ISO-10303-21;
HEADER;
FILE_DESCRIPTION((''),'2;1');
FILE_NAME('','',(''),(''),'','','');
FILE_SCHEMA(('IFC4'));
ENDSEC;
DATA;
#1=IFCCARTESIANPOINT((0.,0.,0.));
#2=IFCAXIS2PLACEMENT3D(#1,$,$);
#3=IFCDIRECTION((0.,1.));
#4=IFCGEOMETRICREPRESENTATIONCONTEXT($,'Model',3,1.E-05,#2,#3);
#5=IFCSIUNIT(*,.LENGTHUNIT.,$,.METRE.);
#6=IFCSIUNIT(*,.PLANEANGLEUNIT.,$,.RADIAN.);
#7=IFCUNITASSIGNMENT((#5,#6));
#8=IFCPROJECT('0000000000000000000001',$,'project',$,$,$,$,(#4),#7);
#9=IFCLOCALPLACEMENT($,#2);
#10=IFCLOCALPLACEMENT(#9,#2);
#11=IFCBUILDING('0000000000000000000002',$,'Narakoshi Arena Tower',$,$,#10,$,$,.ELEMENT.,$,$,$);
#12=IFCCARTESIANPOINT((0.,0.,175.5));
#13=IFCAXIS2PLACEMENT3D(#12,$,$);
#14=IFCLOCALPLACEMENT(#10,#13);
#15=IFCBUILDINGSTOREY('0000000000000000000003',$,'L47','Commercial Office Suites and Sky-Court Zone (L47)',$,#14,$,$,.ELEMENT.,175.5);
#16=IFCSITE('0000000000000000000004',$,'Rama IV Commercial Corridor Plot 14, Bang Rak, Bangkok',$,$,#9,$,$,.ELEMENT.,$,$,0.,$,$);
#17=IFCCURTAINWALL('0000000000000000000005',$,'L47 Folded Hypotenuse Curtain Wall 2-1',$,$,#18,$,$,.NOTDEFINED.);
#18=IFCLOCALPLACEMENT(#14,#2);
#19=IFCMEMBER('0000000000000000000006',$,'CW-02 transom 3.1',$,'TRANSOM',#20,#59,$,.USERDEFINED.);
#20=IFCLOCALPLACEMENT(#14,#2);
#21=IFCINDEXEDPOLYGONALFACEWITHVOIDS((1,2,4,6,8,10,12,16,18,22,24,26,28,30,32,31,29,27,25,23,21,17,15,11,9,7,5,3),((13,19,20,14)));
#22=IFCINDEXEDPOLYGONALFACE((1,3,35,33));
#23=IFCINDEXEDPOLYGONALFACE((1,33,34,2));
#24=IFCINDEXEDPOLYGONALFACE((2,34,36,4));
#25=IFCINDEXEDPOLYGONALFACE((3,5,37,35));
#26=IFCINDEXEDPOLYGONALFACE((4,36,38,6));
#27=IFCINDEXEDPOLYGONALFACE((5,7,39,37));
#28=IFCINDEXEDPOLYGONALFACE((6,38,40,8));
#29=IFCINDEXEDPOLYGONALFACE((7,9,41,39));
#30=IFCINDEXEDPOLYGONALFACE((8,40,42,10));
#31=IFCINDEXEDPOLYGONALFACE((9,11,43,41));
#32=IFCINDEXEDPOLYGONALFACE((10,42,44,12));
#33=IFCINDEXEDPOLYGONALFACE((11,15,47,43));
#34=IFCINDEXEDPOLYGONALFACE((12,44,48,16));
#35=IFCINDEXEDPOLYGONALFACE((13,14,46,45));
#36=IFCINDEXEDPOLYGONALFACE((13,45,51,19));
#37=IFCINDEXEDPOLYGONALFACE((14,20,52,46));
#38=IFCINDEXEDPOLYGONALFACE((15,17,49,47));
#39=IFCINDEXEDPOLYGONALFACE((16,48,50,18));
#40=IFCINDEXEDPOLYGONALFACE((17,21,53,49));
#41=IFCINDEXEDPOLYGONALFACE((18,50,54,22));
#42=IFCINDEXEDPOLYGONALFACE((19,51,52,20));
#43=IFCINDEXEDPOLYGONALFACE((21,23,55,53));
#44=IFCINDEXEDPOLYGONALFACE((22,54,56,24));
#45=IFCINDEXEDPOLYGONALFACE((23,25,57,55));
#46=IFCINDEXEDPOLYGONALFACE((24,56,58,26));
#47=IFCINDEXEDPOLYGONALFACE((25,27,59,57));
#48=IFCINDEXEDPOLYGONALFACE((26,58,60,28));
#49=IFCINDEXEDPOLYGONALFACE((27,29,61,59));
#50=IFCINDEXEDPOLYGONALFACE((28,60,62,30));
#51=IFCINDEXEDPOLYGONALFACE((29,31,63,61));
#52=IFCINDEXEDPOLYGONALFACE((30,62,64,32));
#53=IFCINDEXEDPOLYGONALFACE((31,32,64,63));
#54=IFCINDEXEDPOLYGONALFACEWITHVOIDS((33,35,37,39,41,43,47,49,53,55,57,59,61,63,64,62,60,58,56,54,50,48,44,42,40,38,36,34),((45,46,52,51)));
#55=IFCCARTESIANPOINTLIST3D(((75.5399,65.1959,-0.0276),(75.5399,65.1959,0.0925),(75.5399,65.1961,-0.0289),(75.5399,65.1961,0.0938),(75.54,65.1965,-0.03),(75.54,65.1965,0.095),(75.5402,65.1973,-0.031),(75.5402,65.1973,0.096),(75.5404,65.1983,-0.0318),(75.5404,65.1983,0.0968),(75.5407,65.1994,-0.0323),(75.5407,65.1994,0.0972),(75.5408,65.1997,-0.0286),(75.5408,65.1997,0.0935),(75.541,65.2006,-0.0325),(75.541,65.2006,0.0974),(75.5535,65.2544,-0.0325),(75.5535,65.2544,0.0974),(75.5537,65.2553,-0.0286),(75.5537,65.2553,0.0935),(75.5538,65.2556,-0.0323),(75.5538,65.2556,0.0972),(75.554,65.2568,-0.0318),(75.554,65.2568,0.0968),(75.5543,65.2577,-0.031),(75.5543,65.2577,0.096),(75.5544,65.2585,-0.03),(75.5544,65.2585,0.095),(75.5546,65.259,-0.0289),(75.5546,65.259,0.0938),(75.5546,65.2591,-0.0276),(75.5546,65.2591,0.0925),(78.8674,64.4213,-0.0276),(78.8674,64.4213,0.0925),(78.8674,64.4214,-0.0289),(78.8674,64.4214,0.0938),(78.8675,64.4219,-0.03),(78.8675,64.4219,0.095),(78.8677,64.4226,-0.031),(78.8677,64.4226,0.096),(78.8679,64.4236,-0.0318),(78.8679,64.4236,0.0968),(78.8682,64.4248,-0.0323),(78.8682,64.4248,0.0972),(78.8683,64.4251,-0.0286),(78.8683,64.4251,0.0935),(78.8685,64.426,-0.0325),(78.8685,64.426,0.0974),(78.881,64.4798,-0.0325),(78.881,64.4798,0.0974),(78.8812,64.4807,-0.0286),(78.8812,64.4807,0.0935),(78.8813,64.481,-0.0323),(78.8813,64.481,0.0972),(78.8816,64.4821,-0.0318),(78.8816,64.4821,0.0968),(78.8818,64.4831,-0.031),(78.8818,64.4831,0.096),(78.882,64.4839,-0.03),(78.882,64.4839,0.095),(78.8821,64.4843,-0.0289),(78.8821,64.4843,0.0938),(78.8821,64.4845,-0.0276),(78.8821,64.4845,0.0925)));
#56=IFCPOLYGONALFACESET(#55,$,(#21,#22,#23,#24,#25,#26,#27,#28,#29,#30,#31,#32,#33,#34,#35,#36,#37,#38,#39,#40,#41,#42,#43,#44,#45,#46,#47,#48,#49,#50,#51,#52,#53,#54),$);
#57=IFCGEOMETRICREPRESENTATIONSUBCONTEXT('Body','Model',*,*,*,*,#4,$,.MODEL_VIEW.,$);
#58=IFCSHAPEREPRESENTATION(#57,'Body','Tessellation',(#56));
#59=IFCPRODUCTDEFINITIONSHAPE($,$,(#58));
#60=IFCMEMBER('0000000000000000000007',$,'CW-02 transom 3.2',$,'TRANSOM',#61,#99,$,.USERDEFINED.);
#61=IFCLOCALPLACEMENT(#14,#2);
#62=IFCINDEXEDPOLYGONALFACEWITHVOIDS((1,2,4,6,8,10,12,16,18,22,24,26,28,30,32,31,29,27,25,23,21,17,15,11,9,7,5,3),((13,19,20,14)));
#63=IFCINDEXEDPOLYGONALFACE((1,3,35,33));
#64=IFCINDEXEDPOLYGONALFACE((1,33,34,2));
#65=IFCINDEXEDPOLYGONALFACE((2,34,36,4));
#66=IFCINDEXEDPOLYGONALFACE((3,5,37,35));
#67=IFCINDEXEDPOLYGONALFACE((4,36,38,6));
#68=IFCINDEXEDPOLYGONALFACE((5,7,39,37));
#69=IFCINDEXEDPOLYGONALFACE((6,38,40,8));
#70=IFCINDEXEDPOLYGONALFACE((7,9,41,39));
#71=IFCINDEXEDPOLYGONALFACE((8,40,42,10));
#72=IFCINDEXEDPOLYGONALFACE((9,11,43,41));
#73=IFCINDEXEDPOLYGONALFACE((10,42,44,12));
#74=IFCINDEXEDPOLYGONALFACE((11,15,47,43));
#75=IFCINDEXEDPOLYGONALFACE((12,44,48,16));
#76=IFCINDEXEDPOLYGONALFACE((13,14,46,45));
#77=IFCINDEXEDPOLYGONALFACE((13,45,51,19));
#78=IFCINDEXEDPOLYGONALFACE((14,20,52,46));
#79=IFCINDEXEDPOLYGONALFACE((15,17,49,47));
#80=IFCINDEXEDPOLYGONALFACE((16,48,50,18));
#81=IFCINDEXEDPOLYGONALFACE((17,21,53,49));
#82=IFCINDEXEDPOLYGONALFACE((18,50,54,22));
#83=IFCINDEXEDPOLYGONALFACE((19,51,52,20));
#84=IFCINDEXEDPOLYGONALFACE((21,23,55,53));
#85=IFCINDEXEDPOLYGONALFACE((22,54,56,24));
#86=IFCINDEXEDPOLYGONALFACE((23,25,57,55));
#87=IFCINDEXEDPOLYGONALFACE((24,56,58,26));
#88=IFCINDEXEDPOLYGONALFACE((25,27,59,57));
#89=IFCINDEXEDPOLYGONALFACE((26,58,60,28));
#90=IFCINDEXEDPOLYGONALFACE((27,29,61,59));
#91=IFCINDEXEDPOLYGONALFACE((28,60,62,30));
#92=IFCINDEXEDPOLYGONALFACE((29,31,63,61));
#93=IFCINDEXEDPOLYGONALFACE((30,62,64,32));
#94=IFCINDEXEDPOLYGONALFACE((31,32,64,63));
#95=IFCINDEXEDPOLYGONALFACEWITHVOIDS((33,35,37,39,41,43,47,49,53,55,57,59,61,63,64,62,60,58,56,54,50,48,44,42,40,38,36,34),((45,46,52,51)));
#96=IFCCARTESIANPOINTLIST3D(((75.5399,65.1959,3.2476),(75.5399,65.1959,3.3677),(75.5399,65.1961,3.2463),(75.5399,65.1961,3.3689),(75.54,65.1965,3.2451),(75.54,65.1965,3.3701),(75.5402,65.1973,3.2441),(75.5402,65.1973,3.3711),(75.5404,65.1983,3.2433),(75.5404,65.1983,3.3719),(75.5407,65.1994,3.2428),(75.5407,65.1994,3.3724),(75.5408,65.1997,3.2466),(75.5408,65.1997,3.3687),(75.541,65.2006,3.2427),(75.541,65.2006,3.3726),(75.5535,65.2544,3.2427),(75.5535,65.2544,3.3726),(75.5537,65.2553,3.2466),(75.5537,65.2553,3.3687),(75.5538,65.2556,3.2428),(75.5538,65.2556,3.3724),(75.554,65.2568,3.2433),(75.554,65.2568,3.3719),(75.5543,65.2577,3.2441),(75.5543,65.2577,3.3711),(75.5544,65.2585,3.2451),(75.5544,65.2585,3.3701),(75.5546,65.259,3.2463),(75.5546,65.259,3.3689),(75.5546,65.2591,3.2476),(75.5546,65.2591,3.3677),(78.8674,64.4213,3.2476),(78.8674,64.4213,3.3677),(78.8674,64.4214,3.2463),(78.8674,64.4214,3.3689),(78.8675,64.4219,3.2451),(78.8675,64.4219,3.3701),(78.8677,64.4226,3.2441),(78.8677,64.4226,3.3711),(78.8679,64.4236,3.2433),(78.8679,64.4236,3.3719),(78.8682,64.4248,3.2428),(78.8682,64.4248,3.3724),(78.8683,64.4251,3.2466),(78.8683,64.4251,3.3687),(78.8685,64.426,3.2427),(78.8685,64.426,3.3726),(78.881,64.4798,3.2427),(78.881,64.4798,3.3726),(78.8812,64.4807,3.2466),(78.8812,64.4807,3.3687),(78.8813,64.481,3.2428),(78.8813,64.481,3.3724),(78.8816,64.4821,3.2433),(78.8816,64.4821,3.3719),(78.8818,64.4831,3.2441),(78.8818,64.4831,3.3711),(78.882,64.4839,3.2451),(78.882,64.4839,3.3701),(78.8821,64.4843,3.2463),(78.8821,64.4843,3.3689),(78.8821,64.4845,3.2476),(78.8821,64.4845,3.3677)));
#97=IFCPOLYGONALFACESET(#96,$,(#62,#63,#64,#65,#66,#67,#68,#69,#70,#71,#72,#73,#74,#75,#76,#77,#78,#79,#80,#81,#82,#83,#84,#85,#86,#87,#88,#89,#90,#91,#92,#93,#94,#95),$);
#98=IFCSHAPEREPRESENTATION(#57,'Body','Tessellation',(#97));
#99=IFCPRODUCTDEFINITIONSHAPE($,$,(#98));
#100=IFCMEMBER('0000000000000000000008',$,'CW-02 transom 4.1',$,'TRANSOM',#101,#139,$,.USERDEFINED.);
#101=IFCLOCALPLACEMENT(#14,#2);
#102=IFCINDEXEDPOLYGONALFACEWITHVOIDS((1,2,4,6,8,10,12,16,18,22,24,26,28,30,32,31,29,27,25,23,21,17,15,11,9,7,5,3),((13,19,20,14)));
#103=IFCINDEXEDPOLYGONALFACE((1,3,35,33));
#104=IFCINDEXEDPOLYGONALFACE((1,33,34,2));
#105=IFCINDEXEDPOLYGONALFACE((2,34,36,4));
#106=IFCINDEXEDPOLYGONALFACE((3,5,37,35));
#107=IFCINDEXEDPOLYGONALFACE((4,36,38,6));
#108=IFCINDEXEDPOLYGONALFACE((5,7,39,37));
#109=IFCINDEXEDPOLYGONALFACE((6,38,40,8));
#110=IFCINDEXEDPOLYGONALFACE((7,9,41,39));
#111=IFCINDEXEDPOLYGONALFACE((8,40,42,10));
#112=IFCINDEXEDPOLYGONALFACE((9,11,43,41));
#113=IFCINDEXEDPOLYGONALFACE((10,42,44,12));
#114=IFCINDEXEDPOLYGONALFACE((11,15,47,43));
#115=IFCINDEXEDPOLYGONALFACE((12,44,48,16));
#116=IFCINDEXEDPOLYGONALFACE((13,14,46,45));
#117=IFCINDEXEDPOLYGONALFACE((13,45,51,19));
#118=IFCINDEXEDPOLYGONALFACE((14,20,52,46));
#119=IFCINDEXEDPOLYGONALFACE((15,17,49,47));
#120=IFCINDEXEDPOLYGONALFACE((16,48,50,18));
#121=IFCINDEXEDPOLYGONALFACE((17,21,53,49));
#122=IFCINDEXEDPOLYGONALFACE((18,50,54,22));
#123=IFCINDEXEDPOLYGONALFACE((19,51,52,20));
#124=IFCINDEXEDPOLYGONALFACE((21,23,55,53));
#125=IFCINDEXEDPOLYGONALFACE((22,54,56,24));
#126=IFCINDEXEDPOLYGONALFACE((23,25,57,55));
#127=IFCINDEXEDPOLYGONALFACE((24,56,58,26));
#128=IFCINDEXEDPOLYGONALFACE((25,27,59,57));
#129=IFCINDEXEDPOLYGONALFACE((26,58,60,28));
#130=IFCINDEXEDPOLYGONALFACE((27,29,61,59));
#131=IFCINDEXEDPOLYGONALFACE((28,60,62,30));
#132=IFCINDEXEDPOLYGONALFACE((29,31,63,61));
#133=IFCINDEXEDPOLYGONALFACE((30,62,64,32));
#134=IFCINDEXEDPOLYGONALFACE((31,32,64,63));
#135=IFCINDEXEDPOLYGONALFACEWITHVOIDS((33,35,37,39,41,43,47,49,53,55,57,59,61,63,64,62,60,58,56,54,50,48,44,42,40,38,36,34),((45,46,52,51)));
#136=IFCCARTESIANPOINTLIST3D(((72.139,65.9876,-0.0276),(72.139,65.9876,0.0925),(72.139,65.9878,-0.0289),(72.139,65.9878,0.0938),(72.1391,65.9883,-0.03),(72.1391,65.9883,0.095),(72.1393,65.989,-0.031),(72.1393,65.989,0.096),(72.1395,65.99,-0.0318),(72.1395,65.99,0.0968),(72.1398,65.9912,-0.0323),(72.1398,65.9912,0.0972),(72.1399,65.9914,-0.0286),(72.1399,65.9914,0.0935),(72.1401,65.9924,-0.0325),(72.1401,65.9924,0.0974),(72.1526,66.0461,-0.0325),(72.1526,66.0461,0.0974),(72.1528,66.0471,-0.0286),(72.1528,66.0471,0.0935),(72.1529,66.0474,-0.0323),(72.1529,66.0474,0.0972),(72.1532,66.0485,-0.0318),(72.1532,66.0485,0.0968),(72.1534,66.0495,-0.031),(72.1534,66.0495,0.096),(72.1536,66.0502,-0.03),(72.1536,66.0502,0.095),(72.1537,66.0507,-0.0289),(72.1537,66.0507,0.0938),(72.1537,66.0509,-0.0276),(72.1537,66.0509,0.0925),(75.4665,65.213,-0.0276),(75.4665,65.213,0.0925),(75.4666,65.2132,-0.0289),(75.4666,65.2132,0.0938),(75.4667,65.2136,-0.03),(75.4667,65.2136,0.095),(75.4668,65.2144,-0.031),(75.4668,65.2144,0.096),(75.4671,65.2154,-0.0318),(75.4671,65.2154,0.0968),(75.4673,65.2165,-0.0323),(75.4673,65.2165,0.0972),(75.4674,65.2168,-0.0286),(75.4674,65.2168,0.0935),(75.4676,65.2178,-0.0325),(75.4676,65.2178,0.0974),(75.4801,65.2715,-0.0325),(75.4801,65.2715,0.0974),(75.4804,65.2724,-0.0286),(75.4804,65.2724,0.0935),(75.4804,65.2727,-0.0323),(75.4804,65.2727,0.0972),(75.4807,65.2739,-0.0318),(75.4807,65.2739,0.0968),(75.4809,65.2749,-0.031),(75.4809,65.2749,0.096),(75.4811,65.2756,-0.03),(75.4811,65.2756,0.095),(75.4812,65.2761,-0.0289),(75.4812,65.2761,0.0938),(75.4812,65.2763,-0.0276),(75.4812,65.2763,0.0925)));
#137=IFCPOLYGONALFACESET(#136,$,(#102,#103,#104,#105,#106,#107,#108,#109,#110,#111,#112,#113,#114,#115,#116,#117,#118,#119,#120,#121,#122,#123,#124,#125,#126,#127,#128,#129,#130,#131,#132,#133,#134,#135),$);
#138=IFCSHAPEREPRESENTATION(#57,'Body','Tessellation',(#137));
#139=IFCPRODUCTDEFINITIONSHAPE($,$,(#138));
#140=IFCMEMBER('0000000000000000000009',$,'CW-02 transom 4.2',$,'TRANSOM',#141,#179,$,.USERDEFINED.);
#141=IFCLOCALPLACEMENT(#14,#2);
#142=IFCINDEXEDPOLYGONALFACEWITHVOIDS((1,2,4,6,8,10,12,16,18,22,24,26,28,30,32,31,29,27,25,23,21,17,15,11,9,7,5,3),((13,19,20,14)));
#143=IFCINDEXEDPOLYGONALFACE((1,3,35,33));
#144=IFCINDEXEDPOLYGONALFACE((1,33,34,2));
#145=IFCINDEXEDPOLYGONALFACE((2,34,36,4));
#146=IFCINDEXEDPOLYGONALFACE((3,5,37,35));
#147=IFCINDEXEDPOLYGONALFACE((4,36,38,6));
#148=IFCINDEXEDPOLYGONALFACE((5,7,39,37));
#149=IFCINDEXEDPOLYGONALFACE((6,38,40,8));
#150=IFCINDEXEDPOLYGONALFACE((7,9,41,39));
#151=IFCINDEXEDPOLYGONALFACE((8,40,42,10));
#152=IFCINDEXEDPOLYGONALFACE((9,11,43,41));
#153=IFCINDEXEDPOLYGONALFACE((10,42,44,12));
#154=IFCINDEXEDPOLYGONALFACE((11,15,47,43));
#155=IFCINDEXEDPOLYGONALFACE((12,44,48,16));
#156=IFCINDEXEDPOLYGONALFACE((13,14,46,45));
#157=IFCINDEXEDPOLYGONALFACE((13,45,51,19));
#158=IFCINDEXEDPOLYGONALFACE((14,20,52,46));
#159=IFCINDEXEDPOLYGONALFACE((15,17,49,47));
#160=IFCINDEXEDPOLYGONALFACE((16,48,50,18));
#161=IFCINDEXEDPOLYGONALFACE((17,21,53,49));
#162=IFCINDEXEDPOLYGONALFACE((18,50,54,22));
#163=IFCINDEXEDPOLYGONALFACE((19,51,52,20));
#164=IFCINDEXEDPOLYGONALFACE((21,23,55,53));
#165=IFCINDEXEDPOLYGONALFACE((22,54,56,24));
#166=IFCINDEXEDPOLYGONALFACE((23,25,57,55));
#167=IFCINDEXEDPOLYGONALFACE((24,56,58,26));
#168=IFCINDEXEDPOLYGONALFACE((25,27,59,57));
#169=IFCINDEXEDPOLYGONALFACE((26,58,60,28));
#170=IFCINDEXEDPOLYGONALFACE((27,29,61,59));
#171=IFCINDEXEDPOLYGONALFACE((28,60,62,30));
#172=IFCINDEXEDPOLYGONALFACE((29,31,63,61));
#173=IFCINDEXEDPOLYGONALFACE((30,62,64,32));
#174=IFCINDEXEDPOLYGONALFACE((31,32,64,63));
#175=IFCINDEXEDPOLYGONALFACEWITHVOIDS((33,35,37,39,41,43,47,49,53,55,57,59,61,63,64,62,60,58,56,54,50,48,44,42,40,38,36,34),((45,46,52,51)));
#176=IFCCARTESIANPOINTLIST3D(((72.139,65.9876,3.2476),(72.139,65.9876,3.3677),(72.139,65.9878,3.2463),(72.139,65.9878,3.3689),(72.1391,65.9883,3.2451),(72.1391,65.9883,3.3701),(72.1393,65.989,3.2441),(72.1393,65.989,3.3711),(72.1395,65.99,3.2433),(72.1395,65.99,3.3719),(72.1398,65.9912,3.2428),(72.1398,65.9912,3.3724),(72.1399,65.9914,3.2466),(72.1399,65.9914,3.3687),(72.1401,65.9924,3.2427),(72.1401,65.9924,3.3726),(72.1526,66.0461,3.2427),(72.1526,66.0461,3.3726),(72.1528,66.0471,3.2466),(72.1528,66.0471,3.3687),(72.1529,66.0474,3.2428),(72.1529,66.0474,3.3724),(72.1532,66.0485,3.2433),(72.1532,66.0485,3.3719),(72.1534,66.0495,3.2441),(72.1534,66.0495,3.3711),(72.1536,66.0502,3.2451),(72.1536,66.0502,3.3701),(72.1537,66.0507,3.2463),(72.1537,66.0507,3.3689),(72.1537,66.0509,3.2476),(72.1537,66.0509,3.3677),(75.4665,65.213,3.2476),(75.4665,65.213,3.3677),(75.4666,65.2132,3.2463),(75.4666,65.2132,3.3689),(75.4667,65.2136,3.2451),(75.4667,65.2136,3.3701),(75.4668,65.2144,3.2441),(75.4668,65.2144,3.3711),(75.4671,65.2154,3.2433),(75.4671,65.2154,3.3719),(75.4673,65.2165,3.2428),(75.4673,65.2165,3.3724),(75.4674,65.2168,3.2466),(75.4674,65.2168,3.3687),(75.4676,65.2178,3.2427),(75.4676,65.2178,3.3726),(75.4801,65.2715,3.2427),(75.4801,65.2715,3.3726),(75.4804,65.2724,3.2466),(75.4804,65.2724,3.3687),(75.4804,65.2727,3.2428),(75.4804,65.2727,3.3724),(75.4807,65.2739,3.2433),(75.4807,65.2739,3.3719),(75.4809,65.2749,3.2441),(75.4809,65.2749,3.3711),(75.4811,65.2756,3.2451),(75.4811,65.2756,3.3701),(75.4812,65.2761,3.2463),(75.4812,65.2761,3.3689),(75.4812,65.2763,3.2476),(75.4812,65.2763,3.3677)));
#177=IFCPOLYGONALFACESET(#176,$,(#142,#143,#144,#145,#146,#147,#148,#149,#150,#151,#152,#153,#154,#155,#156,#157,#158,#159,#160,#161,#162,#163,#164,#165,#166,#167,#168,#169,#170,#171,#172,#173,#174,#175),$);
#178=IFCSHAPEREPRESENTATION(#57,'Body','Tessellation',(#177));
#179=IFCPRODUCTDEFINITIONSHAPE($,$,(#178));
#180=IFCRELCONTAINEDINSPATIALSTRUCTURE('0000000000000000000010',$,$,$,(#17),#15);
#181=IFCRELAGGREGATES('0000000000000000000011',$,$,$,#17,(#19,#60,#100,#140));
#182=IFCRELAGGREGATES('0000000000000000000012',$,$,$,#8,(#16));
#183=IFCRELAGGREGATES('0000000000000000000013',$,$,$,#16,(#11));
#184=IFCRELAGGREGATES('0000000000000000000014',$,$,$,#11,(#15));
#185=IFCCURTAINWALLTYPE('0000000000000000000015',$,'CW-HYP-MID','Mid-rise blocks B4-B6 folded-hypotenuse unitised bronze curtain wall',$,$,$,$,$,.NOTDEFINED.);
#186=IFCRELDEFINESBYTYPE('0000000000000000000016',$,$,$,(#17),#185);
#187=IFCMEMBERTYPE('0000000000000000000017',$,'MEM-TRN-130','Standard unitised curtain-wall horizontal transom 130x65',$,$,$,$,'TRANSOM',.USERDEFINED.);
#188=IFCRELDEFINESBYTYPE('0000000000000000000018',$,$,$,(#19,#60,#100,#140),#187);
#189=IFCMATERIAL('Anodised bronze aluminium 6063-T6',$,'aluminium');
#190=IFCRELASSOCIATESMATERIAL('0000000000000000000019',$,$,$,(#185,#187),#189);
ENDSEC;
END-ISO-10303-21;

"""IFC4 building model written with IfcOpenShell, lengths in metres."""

from ifc_helpers import new_model, si_unit, direction, frame, origin, origin_2d, place, context, subcontext, project, spatial, hollow_rectangle, extrude, material, material_profile, profile_set, type_object, element, aggregate, save


model = new_model("IFC4")

# Units and contexts
model_context = context("Model", 3, precision=1e-05, world=origin(), true_north=direction((0.0, 1.0)))
body_context = subcontext(model_context, "Body", "Model", "MODEL_VIEW")
ifc_project = project(units=[si_unit("LENGTHUNIT", "METRE"), si_unit("PLANEANGLEUNIT", "RADIAN")], contexts=[model_context])

# Site, building, storey
site_placement = place(None, origin())
site = spatial("IfcSite", under=ifc_project, at=site_placement, Name="Rama IV Commercial Corridor Plot 14, Bang Rak, Bangkok", CompositionType="ELEMENT", RefElevation=0.0)
building_placement = place(site_placement, origin())
building = spatial("IfcBuilding", under=site, at=building_placement, Name="Narakoshi Arena Tower", CompositionType="ELEMENT")
storey_placement = place(building_placement, frame((0.0, 0.0, 175.5)))
storey = spatial("IfcBuildingStorey", under=building, at=storey_placement, Name="L47", Description="Commercial Office Suites and Sky-Court Zone (L47)", CompositionType="ELEMENT", Elevation=175.5)

# Curtain wall, members
ifc_material_1 = material(Name="Anodised bronze aluminium 6063-T6", Category="aluminium")
curtain_wall_type = type_object("IfcCurtainWallType", Name="CW-HYP-MID", Description="Mid-rise blocks B4-B6 folded-hypotenuse unitised bronze curtain wall", PredefinedType="NOTDEFINED", material=ifc_material_1)
curtain_wall_placement = place(storey_placement, origin())
curtain_wall = element("IfcCurtainWall", 1, at=curtain_wall_placement, inside=storey, type_object=curtain_wall_type, Name="L47 Folded Hypotenuse Curtain Wall 2-1", PredefinedType="NOTDEFINED")
ifc_material_profile_1 = material_profile(ifc_material_1, hollow_rectangle(XDim=0.0649, YDim=0.1299, WallThickness=0.0039, OuterFilletRadius=0.0049, at=origin_2d()), Name="TRN130x65x4")
ifc_profile_set_1 = profile_set([ifc_material_profile_1], Name="Anodised bronze aluminium 6063-T6")
member_type_1 = type_object("IfcMemberType", Name="MEM-TRN-130", Description="Standard unitised curtain-wall horizontal transom 130x65", ElementType="TRANSOM", PredefinedType="USERDEFINED", material=ifc_profile_set_1)
member_1_placement = place(storey_placement, frame((78.8748, 64.4529, 0.0325), z_axis=(-0.973957, 0.226733, 0.0), x_axis=(-0.226733, -0.973957, 0.0)))
member_1 = element("IfcMember", 2, at=member_1_placement, type_object=member_type_1, Name="CW-02 transom 3.1", ObjectType="TRANSOM", PredefinedType="USERDEFINED", context=body_context, shape_type="SweptSolid", body=[
    extrude(hollow_rectangle(XDim=0.0649, YDim=0.1299, WallThickness=0.0039, OuterFilletRadius=0.0049, at=origin_2d()), origin(), (0.0, 0.0, 1.0), 3.4165),
])
member_2_placement = place(storey_placement, frame((78.8748, 64.4529, 3.3076), z_axis=(-0.973957, 0.226733, 0.0), x_axis=(-0.226733, -0.973957, 0.0)))
member_2 = element("IfcMember", 3, at=member_2_placement, type_object=member_type_1, Name="CW-02 transom 3.2", ObjectType="TRANSOM", PredefinedType="USERDEFINED", context=body_context, shape_type="SweptSolid", body=[
    extrude(hollow_rectangle(XDim=0.0649, YDim=0.1299, WallThickness=0.0039, OuterFilletRadius=0.0049, at=origin_2d()), origin(), (0.0, 0.0, 1.0), 3.4165),
])
member_3_placement = place(storey_placement, frame((75.4739, 65.2446, 0.0325), z_axis=(-0.973957, 0.226733, 0.0), x_axis=(-0.226733, -0.973957, 0.0)))
member_3 = element("IfcMember", 4, at=member_3_placement, type_object=member_type_1, Name="CW-02 transom 4.1", ObjectType="TRANSOM", PredefinedType="USERDEFINED", context=body_context, shape_type="SweptSolid", body=[
    extrude(hollow_rectangle(XDim=0.0649, YDim=0.1299, WallThickness=0.0039, OuterFilletRadius=0.0049, at=origin_2d()), origin(), (0.0, 0.0, 1.0), 3.4165),
])
member_4_placement = place(storey_placement, frame((75.4739, 65.2446, 3.3076), z_axis=(-0.973957, 0.226733, 0.0), x_axis=(-0.226733, -0.973957, 0.0)))
member_4 = element("IfcMember", 5, at=member_4_placement, type_object=member_type_1, Name="CW-02 transom 4.2", ObjectType="TRANSOM", PredefinedType="USERDEFINED", context=body_context, shape_type="SweptSolid", body=[
    extrude(hollow_rectangle(XDim=0.0649, YDim=0.1299, WallThickness=0.0039, OuterFilletRadius=0.0049, at=origin_2d()), origin(), (0.0, 0.0, 1.0), 3.4165),
])
aggregate(curtain_wall, [member_1, member_2, member_3, member_4])

save(model, "model.ifc")
